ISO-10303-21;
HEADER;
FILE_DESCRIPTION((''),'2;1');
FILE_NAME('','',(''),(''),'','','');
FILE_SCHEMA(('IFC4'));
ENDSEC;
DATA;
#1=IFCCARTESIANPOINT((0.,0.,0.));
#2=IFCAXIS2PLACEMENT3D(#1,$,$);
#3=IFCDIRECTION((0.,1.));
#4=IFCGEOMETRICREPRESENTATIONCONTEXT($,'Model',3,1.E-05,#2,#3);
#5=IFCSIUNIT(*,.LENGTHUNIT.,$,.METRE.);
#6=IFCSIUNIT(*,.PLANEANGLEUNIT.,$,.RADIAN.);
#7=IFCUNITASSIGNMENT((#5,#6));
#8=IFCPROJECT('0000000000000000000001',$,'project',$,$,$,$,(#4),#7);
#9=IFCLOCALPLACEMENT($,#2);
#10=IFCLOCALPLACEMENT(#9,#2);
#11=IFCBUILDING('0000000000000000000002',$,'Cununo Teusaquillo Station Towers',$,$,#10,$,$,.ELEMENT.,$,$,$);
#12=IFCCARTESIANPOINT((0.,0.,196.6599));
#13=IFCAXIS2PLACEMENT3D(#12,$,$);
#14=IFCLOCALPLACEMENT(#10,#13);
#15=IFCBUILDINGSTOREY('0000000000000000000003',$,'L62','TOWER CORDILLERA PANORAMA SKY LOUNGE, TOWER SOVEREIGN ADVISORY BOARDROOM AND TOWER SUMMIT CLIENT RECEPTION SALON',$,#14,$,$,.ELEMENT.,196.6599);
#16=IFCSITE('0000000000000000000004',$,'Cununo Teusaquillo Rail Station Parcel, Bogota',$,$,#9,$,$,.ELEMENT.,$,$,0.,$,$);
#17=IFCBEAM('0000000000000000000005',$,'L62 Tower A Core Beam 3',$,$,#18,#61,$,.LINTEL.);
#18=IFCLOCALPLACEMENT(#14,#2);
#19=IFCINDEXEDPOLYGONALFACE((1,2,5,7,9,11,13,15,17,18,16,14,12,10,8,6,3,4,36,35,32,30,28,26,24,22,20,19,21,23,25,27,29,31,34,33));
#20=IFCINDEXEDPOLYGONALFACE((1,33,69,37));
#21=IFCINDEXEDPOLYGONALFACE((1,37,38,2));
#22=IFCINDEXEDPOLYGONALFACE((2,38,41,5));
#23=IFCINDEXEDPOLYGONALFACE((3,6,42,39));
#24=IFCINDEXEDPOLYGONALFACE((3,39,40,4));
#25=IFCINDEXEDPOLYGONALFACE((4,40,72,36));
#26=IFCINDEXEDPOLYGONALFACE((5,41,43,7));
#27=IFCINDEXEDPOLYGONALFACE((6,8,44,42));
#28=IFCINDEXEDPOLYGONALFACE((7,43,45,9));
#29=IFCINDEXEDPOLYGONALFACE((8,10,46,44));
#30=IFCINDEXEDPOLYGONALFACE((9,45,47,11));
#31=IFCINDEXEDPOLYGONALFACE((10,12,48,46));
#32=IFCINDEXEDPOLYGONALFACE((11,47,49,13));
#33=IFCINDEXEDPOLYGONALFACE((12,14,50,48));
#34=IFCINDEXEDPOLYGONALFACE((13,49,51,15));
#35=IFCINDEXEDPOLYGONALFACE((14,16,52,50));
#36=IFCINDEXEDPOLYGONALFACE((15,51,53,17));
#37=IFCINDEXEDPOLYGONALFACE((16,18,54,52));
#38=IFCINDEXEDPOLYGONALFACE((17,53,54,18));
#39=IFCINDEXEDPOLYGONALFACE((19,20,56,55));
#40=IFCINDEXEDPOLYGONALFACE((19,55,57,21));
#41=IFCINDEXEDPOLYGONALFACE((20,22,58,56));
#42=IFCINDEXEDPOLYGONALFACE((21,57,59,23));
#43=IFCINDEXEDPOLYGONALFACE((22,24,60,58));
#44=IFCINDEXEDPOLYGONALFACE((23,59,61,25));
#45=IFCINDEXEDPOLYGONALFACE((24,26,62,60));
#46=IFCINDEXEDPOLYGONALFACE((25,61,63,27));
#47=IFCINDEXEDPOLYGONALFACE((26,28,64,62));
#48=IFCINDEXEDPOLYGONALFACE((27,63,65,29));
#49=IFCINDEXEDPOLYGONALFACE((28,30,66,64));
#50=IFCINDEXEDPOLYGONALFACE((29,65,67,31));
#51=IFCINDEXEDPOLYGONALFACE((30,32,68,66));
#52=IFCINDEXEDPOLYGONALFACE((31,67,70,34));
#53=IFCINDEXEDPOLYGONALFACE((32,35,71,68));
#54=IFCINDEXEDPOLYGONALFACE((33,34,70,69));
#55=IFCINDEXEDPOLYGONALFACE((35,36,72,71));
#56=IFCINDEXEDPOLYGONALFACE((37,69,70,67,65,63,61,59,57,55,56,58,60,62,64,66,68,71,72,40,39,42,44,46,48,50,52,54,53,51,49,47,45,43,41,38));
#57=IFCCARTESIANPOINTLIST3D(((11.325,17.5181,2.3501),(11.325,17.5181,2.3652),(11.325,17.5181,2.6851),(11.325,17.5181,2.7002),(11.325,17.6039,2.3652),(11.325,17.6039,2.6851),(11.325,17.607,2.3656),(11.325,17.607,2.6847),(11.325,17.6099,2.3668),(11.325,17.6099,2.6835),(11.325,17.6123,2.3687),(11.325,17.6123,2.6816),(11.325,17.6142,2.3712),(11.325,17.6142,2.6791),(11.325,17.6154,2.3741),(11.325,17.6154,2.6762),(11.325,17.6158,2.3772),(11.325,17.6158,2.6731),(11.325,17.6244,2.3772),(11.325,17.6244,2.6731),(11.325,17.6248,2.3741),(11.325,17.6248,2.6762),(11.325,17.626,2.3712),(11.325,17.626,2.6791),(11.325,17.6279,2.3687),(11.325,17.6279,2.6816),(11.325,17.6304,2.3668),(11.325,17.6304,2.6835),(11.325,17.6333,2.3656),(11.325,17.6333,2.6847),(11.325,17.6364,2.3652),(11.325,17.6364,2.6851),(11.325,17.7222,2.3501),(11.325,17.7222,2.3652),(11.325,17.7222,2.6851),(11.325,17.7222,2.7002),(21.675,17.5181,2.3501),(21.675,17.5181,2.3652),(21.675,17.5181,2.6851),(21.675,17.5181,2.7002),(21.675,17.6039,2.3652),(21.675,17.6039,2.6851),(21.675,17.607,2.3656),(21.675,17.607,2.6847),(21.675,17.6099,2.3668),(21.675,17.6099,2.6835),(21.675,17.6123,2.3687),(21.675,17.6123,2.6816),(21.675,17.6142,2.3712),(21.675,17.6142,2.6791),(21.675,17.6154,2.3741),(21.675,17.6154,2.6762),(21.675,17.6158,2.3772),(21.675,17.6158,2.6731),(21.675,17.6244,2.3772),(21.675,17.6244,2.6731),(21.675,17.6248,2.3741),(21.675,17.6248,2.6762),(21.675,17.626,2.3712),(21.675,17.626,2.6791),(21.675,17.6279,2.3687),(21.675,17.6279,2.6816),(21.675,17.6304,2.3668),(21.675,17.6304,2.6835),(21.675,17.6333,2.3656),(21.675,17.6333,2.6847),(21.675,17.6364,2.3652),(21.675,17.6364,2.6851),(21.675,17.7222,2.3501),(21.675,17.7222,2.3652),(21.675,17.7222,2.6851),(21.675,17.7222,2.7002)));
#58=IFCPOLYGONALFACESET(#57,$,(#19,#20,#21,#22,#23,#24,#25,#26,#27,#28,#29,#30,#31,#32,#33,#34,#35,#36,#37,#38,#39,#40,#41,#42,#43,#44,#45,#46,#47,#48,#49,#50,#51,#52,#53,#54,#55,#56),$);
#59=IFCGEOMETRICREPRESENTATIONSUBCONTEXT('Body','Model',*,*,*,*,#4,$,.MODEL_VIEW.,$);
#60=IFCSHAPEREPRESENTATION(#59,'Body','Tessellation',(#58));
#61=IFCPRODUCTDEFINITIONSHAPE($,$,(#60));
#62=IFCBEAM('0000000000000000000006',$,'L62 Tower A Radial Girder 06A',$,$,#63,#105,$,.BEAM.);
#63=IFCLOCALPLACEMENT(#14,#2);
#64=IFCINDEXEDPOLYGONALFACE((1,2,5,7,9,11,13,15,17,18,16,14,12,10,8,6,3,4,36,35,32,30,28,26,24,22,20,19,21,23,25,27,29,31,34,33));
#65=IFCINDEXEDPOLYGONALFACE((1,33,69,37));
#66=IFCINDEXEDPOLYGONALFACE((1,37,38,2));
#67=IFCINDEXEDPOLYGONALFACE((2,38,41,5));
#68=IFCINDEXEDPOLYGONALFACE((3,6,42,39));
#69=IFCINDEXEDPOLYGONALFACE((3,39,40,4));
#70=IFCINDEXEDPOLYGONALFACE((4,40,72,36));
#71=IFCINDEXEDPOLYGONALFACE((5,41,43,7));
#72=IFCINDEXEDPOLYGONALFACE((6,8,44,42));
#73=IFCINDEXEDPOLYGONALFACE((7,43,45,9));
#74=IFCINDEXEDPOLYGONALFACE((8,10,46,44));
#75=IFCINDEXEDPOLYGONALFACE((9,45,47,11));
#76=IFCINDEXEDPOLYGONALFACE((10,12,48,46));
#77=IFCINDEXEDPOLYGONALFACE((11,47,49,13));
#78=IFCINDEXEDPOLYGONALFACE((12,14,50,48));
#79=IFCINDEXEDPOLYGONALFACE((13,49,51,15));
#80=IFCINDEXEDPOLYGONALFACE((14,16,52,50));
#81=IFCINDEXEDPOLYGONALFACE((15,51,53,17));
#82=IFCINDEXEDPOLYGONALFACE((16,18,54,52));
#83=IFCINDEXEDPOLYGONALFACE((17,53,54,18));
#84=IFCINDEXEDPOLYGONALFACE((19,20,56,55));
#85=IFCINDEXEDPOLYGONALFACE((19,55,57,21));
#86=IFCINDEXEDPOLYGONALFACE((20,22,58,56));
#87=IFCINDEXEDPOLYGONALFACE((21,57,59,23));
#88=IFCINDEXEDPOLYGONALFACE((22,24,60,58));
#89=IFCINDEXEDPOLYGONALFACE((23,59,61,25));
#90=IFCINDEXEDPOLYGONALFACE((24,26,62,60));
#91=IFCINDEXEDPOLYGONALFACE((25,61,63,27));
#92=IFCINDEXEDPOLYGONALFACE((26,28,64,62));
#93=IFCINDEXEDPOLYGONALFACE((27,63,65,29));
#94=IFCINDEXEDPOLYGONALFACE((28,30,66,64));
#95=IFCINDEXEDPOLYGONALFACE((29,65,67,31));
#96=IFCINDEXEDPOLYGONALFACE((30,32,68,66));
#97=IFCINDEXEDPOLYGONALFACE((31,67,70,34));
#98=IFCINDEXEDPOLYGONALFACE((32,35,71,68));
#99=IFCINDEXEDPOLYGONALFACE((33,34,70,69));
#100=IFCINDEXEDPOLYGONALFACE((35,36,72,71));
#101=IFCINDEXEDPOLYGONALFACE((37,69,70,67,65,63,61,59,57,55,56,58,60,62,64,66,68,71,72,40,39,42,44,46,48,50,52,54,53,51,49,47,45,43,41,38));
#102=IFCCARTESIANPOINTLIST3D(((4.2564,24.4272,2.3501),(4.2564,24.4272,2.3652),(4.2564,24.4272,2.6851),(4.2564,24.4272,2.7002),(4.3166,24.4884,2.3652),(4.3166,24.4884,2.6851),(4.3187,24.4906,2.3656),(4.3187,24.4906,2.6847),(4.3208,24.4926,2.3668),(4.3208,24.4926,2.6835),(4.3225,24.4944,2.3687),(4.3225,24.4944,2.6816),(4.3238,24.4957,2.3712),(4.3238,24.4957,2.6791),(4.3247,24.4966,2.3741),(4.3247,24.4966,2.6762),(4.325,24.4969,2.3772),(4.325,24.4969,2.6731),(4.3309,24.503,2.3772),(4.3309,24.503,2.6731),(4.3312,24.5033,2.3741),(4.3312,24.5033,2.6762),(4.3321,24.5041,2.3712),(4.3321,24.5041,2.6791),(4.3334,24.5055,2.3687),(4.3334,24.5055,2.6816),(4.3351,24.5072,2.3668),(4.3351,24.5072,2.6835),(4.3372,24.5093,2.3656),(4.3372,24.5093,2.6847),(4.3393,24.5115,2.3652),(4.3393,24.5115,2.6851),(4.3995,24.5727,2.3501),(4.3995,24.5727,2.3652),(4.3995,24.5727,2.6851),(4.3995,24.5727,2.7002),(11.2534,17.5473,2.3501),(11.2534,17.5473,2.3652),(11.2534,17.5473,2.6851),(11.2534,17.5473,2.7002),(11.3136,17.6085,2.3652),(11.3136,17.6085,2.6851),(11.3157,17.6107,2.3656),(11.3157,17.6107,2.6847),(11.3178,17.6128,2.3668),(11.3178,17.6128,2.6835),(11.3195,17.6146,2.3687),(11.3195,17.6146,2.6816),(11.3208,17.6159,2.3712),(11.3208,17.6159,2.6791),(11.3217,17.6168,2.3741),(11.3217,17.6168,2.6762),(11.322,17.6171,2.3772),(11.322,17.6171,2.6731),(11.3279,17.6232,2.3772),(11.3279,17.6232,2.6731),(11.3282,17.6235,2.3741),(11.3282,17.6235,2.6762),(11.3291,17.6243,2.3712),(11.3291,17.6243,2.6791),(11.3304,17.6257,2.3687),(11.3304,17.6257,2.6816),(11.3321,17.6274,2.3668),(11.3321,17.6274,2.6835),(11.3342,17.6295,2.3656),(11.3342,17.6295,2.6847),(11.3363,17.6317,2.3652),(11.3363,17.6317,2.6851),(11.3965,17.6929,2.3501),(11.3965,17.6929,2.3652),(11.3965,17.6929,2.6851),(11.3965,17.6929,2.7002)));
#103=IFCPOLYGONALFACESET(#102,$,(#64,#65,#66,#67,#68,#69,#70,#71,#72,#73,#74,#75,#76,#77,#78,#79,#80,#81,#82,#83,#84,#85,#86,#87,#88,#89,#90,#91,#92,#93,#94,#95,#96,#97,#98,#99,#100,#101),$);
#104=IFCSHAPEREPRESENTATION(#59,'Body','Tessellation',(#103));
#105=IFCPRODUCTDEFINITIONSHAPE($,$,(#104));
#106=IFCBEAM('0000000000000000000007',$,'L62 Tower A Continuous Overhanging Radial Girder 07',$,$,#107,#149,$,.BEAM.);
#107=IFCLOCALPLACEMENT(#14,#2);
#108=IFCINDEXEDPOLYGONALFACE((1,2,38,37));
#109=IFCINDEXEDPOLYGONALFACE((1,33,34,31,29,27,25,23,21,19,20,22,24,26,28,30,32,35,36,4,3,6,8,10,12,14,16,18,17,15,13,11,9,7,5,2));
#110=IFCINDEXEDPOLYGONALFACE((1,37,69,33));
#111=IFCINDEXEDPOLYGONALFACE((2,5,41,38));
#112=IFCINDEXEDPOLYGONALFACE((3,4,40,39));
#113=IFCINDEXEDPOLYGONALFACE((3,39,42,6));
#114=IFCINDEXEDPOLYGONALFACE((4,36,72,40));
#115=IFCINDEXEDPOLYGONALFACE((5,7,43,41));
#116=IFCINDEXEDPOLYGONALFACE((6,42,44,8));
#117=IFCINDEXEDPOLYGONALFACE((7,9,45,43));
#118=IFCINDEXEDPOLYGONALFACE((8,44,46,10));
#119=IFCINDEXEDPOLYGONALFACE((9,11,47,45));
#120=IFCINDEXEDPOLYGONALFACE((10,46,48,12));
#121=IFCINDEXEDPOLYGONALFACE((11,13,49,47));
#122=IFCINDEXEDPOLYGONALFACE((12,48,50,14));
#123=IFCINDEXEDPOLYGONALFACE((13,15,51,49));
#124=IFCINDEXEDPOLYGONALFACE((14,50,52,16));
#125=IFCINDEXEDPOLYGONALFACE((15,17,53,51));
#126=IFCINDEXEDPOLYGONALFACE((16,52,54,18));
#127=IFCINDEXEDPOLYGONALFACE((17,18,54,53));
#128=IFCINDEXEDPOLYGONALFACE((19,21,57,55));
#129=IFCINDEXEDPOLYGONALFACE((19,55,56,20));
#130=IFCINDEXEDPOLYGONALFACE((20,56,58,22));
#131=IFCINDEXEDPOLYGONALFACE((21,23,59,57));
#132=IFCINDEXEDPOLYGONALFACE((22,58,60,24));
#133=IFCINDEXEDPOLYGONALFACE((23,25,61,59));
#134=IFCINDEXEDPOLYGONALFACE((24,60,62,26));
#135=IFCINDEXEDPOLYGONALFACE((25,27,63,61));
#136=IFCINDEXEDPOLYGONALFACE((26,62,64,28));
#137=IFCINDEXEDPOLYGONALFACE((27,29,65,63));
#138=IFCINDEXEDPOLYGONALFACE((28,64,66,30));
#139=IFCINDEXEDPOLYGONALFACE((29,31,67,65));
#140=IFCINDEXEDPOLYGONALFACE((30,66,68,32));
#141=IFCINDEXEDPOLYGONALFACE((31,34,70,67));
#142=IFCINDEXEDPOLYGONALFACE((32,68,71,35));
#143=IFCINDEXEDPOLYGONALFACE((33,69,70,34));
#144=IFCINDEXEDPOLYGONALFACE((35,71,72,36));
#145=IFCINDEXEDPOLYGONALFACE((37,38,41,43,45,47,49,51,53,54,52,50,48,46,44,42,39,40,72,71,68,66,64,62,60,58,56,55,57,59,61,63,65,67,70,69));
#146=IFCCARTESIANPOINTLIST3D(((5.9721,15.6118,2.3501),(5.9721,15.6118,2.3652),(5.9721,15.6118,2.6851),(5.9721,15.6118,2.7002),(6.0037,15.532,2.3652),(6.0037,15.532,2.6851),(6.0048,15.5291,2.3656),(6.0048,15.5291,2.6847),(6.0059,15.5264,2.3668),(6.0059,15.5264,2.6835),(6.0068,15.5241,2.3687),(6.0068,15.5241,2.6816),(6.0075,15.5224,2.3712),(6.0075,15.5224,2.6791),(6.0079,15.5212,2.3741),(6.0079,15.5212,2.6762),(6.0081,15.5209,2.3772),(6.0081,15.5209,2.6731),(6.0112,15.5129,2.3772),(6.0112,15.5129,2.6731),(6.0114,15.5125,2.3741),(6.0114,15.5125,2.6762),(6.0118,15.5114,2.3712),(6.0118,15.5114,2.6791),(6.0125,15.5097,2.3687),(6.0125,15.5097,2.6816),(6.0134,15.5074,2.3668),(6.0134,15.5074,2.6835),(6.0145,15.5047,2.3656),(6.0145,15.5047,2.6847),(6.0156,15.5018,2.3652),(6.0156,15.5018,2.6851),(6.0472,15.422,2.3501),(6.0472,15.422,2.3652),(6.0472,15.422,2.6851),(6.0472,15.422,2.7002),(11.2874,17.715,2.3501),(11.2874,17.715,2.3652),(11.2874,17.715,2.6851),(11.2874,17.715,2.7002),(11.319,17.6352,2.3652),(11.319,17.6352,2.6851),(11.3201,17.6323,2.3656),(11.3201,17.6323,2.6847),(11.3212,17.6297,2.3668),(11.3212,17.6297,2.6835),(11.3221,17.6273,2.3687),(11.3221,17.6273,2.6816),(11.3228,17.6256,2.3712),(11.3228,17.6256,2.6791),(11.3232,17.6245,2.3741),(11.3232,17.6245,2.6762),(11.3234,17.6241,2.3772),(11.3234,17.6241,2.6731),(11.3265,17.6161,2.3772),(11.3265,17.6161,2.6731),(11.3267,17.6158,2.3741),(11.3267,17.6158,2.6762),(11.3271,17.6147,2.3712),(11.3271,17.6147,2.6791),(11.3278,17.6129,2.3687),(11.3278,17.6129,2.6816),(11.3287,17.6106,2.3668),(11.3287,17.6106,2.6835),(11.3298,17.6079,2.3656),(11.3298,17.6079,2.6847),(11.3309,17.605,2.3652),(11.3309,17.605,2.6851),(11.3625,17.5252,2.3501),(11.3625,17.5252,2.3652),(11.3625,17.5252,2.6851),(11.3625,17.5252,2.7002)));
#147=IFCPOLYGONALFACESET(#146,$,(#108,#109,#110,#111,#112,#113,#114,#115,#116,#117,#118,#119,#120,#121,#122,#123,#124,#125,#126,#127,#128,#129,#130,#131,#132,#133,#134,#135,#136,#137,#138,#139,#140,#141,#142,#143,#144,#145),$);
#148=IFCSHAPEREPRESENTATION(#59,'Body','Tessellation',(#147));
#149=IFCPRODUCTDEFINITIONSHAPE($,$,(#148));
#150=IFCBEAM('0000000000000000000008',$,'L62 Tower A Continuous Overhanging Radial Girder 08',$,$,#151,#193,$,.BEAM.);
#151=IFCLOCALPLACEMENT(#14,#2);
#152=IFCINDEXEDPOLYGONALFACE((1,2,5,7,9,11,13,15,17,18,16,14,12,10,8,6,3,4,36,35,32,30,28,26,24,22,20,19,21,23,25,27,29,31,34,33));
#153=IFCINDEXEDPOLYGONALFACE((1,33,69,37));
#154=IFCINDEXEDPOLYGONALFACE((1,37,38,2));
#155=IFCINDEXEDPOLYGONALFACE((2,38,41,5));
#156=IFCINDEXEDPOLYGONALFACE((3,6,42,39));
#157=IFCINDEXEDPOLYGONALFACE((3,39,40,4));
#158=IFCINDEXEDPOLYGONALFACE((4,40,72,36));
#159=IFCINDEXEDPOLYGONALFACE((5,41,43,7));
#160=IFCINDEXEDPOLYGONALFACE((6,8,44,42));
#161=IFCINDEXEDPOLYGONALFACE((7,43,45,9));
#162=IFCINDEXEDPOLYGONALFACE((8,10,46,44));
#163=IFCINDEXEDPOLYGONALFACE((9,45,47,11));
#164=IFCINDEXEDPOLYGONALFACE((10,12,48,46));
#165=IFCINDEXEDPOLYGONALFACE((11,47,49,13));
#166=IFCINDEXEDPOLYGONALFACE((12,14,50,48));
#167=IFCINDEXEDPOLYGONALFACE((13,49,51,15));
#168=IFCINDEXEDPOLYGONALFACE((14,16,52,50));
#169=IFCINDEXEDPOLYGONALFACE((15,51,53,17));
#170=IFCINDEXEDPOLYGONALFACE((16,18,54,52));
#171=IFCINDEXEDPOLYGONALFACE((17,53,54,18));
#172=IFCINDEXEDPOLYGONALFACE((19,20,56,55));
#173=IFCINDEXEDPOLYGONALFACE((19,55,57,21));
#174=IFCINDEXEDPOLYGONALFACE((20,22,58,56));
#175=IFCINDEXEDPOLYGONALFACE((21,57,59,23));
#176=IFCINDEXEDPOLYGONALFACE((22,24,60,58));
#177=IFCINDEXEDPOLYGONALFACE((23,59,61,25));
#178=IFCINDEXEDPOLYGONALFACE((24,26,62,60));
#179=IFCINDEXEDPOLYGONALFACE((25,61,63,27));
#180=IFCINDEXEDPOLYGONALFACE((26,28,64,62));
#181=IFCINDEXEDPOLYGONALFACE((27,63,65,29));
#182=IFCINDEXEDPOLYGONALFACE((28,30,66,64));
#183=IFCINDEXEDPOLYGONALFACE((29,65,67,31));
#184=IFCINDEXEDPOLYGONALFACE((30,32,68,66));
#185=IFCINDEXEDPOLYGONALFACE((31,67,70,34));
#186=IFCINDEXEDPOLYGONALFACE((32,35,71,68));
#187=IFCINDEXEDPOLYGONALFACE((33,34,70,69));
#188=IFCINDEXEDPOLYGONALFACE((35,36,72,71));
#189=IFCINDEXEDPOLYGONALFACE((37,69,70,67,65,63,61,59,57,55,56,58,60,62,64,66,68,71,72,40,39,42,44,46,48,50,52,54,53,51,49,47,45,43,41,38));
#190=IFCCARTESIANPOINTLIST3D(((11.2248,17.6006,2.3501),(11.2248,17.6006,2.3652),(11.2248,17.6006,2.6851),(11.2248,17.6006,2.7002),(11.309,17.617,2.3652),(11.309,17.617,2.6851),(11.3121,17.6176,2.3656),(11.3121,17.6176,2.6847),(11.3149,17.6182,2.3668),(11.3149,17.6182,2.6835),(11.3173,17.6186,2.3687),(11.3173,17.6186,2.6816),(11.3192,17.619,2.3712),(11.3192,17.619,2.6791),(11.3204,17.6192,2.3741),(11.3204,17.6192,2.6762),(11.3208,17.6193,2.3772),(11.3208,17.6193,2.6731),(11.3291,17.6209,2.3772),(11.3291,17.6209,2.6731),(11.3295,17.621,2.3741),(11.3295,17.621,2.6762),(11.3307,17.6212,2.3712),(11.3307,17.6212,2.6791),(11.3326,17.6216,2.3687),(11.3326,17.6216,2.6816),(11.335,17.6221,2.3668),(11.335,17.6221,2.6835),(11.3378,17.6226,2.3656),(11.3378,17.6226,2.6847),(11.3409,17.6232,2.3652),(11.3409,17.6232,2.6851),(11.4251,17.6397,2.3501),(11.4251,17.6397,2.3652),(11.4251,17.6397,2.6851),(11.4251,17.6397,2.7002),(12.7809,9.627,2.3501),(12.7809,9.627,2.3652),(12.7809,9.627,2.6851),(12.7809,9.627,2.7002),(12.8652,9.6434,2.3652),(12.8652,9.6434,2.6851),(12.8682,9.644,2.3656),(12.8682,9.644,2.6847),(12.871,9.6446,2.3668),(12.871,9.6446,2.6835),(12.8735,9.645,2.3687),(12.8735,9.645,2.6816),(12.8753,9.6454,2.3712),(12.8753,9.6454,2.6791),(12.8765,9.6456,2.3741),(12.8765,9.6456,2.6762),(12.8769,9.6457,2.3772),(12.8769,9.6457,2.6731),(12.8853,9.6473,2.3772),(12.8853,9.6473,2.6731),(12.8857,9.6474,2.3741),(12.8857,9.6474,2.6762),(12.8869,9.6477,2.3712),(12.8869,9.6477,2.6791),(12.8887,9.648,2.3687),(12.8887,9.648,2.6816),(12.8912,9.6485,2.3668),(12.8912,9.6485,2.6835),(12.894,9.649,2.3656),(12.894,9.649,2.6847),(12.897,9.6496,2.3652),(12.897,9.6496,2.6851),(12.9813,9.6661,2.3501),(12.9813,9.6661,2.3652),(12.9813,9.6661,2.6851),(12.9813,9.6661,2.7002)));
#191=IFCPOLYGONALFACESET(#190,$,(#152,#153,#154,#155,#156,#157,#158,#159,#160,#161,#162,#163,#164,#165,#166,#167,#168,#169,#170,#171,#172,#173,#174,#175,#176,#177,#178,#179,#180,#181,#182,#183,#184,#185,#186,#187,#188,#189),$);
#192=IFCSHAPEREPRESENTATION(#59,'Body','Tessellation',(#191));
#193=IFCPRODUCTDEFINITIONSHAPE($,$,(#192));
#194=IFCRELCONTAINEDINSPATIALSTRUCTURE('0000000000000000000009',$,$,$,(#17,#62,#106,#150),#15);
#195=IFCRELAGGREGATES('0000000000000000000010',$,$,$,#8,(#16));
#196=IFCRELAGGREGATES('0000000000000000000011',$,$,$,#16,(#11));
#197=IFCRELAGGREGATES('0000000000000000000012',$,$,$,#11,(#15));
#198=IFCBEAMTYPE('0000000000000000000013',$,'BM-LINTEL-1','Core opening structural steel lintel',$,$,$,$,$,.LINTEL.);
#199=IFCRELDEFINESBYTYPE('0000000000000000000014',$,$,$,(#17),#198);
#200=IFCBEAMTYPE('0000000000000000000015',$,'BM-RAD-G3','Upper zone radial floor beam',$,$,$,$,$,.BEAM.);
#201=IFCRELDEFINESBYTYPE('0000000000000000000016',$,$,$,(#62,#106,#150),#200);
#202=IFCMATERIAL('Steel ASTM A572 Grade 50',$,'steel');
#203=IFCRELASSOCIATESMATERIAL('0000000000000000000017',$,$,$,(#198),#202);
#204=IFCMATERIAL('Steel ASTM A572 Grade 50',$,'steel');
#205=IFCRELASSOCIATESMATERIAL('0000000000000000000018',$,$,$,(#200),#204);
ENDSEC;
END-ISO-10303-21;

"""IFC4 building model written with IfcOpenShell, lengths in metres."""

from ifc_helpers import new_model, si_unit, direction, frame, origin, origin_2d, place, context, subcontext, project, spatial, i_section, extrude, material, material_profile, profile_set, type_object, element, save


model = new_model("IFC4")

# Units and contexts
model_context = context("Model", 3, precision=1e-05, world=origin(), true_north=direction((0.0, 1.0)))
body_context = subcontext(model_context, "Body", "Model", "MODEL_VIEW")
ifc_project = project(units=[si_unit("LENGTHUNIT", "METRE"), si_unit("PLANEANGLEUNIT", "RADIAN")], contexts=[model_context])

# Site, building, storey
site_placement = place(None, origin())
site = spatial("IfcSite", under=ifc_project, at=site_placement, Name="Cununo Teusaquillo Rail Station Parcel, Bogota", CompositionType="ELEMENT", RefElevation=0.0)
building_placement = place(site_placement, origin())
building = spatial("IfcBuilding", under=site, at=building_placement, Name="Cununo Teusaquillo Station Towers", CompositionType="ELEMENT")
storey_placement = place(building_placement, frame((0.0, 0.0, 196.6599)))
storey = spatial("IfcBuildingStorey", under=building, at=storey_placement, Name="L62", Description="TOWER CORDILLERA PANORAMA SKY LOUNGE, TOWER SOVEREIGN ADVISORY BOARDROOM AND TOWER SUMMIT CLIENT RECEPTION SALON", CompositionType="ELEMENT", Elevation=196.6599)

# Beams
ifc_material_1 = material(Name="Steel ASTM A572 Grade 50", Category="steel")
ifc_material_profile_1 = material_profile(ifc_material_1, i_section(OverallWidth=0.2041, OverallDepth=0.3501, WebThickness=0.0085, FlangeThickness=0.0151, FilletRadius=0.012, at=origin_2d()), Name="W14X48")
ifc_profile_set_1 = profile_set([ifc_material_profile_1], Name="Steel ASTM A572 Grade 50")
beam_type_1 = type_object("IfcBeamType", Name="BM-LINTEL-1", Description="Core opening structural steel lintel", PredefinedType="LINTEL", material=ifc_profile_set_1)
beam_1_placement = place(storey_placement, frame((11.325, 17.6201, 2.5251), z_axis=(1.0, 0.0, 0.0), x_axis=(0.0, 1.0, 0.0)))
element("IfcBeam", 1, at=beam_1_placement, inside=storey, type_object=beam_type_1, Name="L62 Tower A Core Beam 3", PredefinedType="LINTEL", context=body_context, shape_type="SweptSolid", body=[
    extrude(i_section(OverallWidth=0.2041, OverallDepth=0.3501, WebThickness=0.0085, FlangeThickness=0.0151, FilletRadius=0.012, at=origin_2d()), origin(), (0.0, 0.0, 1.0), 10.3501),
])
ifc_material_2 = material(Name="Steel ASTM A572 Grade 50", Category="steel")
ifc_material_profile_2 = material_profile(ifc_material_2, i_section(OverallWidth=0.2041, OverallDepth=0.3501, WebThickness=0.0085, FlangeThickness=0.0151, FilletRadius=0.012, at=origin_2d()), Name="W14X48")
ifc_profile_set_2 = profile_set([ifc_material_profile_2], Name="Steel ASTM A572 Grade 50")
beam_type_2 = type_object("IfcBeamType", Name="BM-RAD-G3", Description="Upper zone radial floor beam", PredefinedType="BEAM", material=ifc_profile_set_2)
beam_2_placement = place(storey_placement, frame((11.325, 17.6201, 2.5251), z_axis=(-0.713053, 0.70111, 0.0), x_axis=(-0.70111, -0.713053, 0.0)))
element("IfcBeam", 2, at=beam_2_placement, inside=storey, type_object=beam_type_2, Name="L62 Tower A Radial Girder 06A", PredefinedType="BEAM", context=body_context, shape_type="SweptSolid", body=[
    extrude(i_section(OverallWidth=0.2041, OverallDepth=0.3501, WebThickness=0.0085, FlangeThickness=0.0151, FilletRadius=0.012, at=origin_2d()), origin(), (0.0, 0.0, 1.0), 9.8127),
])
beam_3_placement = place(storey_placement, frame((11.325, 17.6201, 2.5251), z_axis=(-0.929852, -0.367935, 0.0), x_axis=(0.367935, -0.929852, 0.0)))
element("IfcBeam", 3, at=beam_3_placement, inside=storey, type_object=beam_type_2, Name="L62 Tower A Continuous Overhanging Radial Girder 07", PredefinedType="BEAM", context=body_context, shape_type="SweptSolid", body=[
    extrude(i_section(OverallWidth=0.2041, OverallDepth=0.3501, WebThickness=0.0085, FlangeThickness=0.0151, FilletRadius=0.012, at=origin_2d()), origin(), (0.0, 0.0, 1.0), 5.7163),
])
beam_4_placement = place(storey_placement, frame((11.325, 17.6201, 2.5251), z_axis=(0.191548, -0.981483, 0.0), x_axis=(0.981483, 0.191548, 0.0)))
element("IfcBeam", 4, at=beam_4_placement, inside=storey, type_object=beam_type_2, Name="L62 Tower A Continuous Overhanging Radial Girder 08", PredefinedType="BEAM", context=body_context, shape_type="SweptSolid", body=[
    extrude(i_section(OverallWidth=0.2041, OverallDepth=0.3501, WebThickness=0.0085, FlangeThickness=0.0151, FilletRadius=0.012, at=origin_2d()), origin(), (0.0, 0.0, 1.0), 8.124),
])

save(model, "model.ifc")
